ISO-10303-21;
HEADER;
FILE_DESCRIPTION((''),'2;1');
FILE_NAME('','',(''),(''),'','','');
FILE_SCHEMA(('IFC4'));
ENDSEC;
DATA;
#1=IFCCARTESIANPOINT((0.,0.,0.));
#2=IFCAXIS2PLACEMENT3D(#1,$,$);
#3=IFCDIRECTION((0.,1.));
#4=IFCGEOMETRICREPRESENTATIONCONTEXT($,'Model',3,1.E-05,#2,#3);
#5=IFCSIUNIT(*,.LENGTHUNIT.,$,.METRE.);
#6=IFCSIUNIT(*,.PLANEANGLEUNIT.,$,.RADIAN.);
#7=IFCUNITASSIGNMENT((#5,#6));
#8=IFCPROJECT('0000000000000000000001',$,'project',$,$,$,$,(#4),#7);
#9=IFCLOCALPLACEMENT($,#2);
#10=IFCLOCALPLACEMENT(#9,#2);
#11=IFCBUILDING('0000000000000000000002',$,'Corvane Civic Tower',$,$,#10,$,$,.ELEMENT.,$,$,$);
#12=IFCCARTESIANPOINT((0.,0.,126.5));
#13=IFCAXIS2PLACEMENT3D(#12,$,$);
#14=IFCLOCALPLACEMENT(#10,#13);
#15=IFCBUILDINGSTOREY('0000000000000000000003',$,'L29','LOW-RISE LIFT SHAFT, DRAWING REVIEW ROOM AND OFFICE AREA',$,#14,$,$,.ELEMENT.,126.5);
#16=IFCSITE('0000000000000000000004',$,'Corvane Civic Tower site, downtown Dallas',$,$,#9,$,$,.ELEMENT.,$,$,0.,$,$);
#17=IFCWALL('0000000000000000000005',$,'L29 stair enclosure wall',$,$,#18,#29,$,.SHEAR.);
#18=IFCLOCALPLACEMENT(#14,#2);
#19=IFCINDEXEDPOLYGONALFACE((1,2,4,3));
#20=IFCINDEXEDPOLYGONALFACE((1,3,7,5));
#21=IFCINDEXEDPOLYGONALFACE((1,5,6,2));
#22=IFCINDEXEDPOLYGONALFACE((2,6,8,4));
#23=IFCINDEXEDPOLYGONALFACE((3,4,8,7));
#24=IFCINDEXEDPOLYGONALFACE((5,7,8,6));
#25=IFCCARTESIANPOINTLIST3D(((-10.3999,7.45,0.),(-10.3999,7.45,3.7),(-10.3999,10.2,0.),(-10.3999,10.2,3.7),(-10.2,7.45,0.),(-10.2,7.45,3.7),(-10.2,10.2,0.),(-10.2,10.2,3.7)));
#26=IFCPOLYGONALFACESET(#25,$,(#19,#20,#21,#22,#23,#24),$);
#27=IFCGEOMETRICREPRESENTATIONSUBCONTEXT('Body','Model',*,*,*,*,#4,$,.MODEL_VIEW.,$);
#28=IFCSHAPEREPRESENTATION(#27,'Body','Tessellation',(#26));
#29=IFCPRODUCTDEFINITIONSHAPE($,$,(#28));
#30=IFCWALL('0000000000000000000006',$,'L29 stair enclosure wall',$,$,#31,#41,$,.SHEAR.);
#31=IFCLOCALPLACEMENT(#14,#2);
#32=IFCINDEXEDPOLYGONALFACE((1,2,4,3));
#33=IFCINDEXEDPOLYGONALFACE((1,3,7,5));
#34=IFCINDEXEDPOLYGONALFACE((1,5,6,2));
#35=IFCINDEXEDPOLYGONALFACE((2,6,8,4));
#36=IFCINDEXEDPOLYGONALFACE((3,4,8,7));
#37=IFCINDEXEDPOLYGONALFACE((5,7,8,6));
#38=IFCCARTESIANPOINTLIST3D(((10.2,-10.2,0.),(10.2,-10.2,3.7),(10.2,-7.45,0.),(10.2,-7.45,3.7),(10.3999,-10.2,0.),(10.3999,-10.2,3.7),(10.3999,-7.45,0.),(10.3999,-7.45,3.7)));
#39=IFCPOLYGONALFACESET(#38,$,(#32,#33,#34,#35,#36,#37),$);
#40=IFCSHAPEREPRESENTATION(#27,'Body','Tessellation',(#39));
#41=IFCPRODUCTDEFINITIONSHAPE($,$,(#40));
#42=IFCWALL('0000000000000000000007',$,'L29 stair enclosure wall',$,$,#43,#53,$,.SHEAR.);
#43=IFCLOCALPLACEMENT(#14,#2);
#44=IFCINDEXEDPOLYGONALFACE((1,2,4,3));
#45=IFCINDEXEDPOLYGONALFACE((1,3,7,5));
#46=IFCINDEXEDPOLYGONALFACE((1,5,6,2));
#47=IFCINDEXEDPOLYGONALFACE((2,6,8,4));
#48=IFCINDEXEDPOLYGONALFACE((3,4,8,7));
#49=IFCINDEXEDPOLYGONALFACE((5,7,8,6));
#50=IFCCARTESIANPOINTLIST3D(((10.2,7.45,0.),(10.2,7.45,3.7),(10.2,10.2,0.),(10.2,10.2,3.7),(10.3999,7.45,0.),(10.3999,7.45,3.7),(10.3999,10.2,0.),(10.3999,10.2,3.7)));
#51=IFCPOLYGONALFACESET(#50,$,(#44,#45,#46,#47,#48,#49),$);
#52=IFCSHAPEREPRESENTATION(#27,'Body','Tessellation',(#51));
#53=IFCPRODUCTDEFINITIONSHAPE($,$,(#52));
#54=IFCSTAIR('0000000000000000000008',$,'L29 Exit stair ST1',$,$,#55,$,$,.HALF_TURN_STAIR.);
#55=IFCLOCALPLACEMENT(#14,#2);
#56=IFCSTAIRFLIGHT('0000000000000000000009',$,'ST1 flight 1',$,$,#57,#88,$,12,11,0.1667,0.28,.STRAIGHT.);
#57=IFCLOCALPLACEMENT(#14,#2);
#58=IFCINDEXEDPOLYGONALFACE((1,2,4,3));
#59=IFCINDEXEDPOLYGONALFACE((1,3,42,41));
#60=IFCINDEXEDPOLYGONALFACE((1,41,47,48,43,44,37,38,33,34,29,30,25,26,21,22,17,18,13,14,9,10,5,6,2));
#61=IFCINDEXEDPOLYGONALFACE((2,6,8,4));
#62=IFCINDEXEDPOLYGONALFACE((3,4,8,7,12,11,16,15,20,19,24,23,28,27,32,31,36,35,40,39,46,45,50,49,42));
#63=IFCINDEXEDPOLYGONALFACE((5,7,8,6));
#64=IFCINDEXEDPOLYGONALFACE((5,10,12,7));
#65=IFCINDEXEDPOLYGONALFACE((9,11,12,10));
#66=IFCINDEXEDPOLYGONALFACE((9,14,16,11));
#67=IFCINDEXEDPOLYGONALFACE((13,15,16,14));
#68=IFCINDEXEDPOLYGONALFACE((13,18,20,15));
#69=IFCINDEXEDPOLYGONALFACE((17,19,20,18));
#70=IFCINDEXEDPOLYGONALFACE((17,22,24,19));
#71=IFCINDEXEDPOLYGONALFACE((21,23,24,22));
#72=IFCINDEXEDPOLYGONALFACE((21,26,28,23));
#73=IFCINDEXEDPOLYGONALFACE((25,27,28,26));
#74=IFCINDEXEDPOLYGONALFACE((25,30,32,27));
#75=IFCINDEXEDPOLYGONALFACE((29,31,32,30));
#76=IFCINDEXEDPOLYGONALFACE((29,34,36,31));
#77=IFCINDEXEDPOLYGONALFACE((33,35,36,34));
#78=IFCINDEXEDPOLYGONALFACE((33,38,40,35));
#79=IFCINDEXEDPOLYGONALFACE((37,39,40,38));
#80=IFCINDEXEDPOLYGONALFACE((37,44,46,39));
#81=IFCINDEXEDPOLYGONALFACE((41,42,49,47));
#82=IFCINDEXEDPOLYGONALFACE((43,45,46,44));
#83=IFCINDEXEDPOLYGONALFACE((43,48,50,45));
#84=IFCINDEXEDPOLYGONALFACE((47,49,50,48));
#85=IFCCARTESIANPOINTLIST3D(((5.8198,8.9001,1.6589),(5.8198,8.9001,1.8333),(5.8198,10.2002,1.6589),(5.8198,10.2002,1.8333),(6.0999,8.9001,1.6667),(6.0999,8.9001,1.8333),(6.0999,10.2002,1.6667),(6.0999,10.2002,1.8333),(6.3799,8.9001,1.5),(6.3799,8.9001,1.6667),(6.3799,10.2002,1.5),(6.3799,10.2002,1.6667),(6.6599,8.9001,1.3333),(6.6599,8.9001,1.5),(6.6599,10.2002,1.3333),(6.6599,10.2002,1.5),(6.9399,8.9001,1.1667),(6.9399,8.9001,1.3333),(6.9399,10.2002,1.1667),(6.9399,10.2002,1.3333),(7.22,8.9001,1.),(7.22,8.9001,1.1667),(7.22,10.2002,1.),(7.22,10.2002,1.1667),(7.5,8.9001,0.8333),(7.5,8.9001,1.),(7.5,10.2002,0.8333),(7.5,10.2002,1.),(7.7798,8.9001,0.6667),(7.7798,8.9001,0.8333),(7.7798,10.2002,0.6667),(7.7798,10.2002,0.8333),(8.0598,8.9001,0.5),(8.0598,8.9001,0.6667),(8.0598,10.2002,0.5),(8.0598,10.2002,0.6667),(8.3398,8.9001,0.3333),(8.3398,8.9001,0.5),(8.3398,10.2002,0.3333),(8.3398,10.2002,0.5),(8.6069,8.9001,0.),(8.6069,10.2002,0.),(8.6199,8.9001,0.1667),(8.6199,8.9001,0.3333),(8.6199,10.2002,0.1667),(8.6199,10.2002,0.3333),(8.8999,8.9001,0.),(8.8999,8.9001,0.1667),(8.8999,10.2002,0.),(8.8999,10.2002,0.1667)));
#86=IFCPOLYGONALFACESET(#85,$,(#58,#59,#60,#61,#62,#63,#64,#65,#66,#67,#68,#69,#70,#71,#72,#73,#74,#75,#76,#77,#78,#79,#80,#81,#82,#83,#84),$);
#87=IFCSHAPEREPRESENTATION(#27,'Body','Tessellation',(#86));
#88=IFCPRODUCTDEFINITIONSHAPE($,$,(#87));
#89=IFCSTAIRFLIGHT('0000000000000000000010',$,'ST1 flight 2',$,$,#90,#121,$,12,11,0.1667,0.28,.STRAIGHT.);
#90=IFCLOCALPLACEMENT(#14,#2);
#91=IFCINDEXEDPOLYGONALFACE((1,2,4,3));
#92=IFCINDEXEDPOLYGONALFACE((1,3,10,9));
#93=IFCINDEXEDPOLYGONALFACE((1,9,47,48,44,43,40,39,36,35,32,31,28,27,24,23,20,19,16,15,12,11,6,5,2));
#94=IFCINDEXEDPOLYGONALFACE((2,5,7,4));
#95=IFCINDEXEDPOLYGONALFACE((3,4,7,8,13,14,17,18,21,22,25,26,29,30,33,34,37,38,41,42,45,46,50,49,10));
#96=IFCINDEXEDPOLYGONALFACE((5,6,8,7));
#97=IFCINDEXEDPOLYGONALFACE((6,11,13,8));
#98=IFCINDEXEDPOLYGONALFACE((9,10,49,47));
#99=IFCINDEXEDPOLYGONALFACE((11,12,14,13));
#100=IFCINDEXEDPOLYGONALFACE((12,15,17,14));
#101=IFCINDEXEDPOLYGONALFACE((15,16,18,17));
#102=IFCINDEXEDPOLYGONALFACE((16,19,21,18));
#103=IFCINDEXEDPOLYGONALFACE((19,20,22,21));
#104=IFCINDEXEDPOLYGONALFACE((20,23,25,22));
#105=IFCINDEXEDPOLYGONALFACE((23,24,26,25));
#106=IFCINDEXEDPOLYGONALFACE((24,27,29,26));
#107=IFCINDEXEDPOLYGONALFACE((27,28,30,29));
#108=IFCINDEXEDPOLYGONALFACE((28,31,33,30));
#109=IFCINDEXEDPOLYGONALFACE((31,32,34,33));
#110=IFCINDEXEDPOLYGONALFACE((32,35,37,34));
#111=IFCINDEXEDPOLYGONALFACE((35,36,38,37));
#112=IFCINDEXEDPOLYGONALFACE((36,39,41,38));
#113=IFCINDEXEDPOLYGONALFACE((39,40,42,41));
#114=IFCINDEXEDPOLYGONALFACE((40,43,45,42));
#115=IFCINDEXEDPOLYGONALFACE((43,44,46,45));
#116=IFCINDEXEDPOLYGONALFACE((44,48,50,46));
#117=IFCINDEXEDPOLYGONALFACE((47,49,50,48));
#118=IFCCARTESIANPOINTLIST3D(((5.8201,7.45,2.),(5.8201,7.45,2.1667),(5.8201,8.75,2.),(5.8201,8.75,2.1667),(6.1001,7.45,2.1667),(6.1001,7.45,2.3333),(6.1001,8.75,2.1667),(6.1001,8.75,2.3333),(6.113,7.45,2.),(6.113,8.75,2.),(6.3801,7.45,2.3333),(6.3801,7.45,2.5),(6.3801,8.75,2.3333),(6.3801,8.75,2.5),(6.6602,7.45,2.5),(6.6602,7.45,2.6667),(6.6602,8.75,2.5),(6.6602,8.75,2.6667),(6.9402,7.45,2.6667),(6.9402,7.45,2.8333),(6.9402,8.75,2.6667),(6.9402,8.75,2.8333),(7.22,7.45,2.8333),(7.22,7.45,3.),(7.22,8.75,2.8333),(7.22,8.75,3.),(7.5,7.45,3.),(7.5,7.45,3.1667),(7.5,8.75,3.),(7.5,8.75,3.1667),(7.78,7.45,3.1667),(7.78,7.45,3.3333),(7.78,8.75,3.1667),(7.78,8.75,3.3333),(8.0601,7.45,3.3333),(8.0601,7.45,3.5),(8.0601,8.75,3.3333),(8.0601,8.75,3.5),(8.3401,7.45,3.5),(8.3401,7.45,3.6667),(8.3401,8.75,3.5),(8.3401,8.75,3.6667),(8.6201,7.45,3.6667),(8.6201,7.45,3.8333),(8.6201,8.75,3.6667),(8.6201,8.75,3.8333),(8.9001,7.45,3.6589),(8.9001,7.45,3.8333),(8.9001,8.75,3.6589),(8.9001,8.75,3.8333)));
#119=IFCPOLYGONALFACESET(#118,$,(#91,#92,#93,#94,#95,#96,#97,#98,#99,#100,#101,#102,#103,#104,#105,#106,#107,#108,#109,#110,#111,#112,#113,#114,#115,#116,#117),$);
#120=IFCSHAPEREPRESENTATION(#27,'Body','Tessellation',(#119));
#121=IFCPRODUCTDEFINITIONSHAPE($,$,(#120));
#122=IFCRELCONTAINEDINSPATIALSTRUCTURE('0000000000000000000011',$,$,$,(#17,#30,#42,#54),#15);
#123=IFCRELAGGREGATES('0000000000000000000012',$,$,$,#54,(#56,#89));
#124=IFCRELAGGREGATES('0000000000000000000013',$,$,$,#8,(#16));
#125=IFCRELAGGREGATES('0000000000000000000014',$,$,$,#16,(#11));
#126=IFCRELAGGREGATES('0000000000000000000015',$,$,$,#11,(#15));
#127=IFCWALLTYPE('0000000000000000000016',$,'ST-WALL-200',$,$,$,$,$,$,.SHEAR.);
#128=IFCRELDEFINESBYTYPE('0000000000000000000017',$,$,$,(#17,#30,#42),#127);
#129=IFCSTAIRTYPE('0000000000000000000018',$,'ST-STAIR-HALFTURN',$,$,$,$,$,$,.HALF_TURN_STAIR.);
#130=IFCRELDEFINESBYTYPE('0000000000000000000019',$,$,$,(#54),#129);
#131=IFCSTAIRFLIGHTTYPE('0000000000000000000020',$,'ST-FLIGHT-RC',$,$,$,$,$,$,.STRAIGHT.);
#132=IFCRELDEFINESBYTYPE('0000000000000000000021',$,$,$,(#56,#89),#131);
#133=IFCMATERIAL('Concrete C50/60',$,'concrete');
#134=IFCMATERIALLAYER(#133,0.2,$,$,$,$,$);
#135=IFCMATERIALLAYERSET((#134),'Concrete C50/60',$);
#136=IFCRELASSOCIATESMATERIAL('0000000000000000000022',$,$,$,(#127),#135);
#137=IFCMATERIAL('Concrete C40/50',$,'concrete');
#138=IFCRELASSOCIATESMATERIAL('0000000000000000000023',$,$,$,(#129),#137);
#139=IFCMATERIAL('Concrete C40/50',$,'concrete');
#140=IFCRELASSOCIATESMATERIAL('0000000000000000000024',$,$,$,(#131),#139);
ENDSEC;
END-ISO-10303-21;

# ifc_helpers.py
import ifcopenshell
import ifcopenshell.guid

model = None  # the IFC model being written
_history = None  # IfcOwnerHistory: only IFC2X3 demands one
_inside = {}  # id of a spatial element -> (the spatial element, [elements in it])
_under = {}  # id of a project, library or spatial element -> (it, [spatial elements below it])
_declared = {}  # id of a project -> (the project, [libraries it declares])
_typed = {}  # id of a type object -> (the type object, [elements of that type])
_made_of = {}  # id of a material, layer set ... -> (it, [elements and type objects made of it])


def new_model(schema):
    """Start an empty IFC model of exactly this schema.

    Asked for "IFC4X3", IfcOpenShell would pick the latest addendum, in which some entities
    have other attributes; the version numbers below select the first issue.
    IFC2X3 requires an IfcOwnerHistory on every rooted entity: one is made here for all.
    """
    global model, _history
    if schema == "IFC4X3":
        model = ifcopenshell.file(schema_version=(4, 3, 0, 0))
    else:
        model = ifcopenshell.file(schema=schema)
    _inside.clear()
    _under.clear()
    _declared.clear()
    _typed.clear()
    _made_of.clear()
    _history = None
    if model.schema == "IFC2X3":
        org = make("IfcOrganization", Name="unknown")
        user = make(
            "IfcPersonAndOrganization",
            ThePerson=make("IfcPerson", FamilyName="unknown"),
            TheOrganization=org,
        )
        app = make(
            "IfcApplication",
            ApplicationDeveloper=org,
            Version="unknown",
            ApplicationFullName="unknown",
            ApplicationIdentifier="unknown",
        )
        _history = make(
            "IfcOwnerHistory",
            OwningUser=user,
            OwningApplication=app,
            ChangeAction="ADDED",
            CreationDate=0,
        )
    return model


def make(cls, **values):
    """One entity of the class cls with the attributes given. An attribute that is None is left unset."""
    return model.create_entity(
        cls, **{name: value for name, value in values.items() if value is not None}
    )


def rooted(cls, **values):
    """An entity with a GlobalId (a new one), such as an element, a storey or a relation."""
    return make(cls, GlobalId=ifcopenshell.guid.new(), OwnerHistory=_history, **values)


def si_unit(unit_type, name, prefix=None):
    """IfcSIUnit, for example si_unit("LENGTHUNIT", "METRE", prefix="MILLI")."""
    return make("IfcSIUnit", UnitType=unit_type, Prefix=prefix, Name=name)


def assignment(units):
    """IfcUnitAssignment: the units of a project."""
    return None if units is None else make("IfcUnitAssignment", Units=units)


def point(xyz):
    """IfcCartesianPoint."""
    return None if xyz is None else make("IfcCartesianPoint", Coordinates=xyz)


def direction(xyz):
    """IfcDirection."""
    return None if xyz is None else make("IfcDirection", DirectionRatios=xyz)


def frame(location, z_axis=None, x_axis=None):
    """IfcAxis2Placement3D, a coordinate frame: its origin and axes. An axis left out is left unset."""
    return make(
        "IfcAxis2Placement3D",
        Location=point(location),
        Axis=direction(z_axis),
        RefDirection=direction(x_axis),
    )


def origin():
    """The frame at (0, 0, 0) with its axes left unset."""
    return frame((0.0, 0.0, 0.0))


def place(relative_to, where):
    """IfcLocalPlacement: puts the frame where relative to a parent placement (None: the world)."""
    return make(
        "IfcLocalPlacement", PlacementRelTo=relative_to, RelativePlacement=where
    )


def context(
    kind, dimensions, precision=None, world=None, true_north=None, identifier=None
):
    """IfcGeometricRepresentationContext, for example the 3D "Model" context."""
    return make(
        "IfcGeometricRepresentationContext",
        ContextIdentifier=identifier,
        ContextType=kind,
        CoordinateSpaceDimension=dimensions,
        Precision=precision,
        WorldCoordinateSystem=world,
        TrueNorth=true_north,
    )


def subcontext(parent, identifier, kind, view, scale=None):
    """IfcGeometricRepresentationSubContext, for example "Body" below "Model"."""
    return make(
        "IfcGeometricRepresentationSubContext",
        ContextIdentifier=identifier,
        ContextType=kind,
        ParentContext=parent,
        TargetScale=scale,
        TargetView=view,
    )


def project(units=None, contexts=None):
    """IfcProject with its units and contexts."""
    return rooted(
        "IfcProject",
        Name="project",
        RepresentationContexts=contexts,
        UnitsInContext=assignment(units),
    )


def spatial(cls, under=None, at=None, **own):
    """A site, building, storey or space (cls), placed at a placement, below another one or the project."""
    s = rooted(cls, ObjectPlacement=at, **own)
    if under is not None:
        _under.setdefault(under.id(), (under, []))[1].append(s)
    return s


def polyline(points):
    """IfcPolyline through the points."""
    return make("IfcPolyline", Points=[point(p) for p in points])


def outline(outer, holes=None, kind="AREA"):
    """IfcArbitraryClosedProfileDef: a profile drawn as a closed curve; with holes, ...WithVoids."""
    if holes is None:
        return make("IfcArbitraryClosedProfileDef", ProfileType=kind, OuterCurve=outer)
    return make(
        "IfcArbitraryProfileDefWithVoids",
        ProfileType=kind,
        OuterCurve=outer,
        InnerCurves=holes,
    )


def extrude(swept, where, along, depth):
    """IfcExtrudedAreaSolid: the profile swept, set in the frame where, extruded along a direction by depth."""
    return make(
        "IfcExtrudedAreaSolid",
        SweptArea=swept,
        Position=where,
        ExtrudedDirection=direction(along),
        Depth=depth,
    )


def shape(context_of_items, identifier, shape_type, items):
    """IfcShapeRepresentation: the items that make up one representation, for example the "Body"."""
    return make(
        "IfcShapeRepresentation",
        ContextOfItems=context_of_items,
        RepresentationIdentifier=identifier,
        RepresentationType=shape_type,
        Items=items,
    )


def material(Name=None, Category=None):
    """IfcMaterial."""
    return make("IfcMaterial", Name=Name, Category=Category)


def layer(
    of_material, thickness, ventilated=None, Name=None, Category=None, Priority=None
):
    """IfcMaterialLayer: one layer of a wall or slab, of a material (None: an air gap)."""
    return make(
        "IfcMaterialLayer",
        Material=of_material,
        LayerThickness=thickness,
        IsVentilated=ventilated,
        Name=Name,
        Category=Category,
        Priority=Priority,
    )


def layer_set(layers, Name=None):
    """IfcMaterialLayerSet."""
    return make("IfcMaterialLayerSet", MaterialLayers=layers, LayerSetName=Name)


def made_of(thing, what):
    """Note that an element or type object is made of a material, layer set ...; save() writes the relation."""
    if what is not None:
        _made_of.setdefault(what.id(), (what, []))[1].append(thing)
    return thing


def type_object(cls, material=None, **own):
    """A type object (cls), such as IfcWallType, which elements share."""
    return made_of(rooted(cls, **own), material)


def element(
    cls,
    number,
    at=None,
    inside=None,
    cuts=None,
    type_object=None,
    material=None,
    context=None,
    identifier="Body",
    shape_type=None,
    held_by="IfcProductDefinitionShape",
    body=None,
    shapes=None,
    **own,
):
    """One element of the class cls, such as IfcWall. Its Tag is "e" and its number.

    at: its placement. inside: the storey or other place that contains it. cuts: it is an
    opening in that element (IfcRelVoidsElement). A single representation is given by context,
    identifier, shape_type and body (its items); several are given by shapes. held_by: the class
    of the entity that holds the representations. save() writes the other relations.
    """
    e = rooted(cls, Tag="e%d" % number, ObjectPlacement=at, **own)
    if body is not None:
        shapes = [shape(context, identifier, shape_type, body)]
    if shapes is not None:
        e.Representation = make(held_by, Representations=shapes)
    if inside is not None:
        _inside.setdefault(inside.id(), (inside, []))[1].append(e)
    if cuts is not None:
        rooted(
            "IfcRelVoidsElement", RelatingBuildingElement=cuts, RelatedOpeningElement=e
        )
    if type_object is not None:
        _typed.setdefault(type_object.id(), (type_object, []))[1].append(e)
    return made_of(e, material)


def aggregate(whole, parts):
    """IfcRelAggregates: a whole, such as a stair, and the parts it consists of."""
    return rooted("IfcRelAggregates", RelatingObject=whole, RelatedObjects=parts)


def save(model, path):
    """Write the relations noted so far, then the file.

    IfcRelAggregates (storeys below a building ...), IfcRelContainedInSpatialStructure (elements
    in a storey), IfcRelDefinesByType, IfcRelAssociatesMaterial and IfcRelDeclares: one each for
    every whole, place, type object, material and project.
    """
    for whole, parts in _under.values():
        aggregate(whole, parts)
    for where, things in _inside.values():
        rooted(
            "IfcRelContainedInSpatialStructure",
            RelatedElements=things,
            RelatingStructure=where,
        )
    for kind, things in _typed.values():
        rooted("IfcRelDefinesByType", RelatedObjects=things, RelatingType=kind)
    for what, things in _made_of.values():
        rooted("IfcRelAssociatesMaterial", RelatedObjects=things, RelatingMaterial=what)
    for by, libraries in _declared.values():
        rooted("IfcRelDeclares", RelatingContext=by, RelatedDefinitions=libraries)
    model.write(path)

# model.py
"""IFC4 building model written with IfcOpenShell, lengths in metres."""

from ifc_helpers import new_model, si_unit, direction, frame, origin, place, context, subcontext, project, spatial, polyline, outline, extrude, material, layer, layer_set, type_object, element, aggregate, save


model = new_model("IFC4")

# Units and contexts
model_context = context("Model", 3, precision=1e-05, world=origin(), true_north=direction((0.0, 1.0)))
body_context = subcontext(model_context, "Body", "Model", "MODEL_VIEW")
ifc_project = project(units=[si_unit("LENGTHUNIT", "METRE"), si_unit("PLANEANGLEUNIT", "RADIAN")], contexts=[model_context])

# Site, building, storey
site_placement = place(None, origin())
site = spatial("IfcSite", under=ifc_project, at=site_placement, Name="Corvane Civic Tower site, downtown Dallas", CompositionType="ELEMENT", RefElevation=0.0)
building_placement = place(site_placement, origin())
building = spatial("IfcBuilding", under=site, at=building_placement, Name="Corvane Civic Tower", CompositionType="ELEMENT")
storey_placement = place(building_placement, frame((0.0, 0.0, 126.5)))
storey = spatial("IfcBuildingStorey", under=building, at=storey_placement, Name="L29", Description="LOW-RISE LIFT SHAFT, DRAWING REVIEW ROOM AND OFFICE AREA", CompositionType="ELEMENT", Elevation=126.5)

# Shared definitions
ifc_material_1 = material(Name="Concrete C50/60", Category="concrete")
ifc_layer_1 = layer(ifc_material_1, 0.2)
ifc_layer_set_1 = layer_set([ifc_layer_1], Name="Concrete C50/60")
wall_type_1 = type_object("IfcWallType", Name="ST-WALL-200", PredefinedType="SHEAR", material=ifc_layer_set_1)

# Walls
wall_1_placement = place(storey_placement, origin())
element("IfcWall", 1, at=wall_1_placement, inside=storey, type_object=wall_type_1, Name="L29 stair enclosure wall", PredefinedType="SHEAR", context=body_context, shape_type="SweptSolid", body=[
    extrude(outline(polyline([(-10.2, 7.45), (-10.3999, 7.45), (-10.3999, 10.2), (-10.2, 10.2), (-10.2, 7.45)])), origin(), (0.0, 0.0, 1.0), 3.7),
])
wall_2_placement = place(storey_placement, origin())
element("IfcWall", 2, at=wall_2_placement, inside=storey, type_object=wall_type_1, Name="L29 stair enclosure wall", PredefinedType="SHEAR", context=body_context, shape_type="SweptSolid", body=[
    extrude(outline(polyline([(10.3999, -7.45), (10.3999, -10.2), (10.2, -10.2), (10.2, -7.45), (10.3999, -7.45)])), origin(), (0.0, 0.0, 1.0), 3.7),
])
wall_3_placement = place(storey_placement, origin())
element("IfcWall", 3, at=wall_3_placement, inside=storey, type_object=wall_type_1, Name="L29 stair enclosure wall", PredefinedType="SHEAR", context=body_context, shape_type="SweptSolid", body=[
    extrude(outline(polyline([(10.3999, 7.45), (10.2, 7.45), (10.2, 10.2), (10.3999, 10.2), (10.3999, 7.45)])), origin(), (0.0, 0.0, 1.0), 3.7),
])

# Stair, stair flights
ifc_material_2 = material(Name="Concrete C40/50", Category="concrete")
stair_type = type_object("IfcStairType", Name="ST-STAIR-HALFTURN", PredefinedType="HALF_TURN_STAIR", material=ifc_material_2)
stair_placement = place(storey_placement, origin())
stair = element("IfcStair", 4, at=stair_placement, inside=storey, type_object=stair_type, Name="L29 Exit stair ST1", PredefinedType="HALF_TURN_STAIR")
ifc_material_3 = material(Name="Concrete C40/50", Category="concrete")
stair_flight_type = type_object("IfcStairFlightType", Name="ST-FLIGHT-RC", PredefinedType="STRAIGHT", material=ifc_material_3)
stair_flight_1_placement = place(storey_placement, frame((8.8999, 9.55, 0.0), z_axis=(0.0, 0.0, 1.0), x_axis=(-1.0, 0.0, 0.0)))
stair_flight_1 = element("IfcStairFlight", 5, at=stair_flight_1_placement, type_object=stair_flight_type, Name="ST1 flight 1", NumberOfRisers=12, NumberOfTreads=11, PredefinedType="STRAIGHT", RiserHeight=0.1667, TreadLength=0.28, context=body_context, shape_type="SweptSolid", body=[
    extrude(outline(polyline([(0.0, 0.0), (0.0, 0.1667), (0.28, 0.1667), (0.28, 0.3333), (0.5601, 0.3333), (0.5601, 0.5), (0.8401, 0.5), (0.8401, 0.6667), (1.1201, 0.6667), (1.1201, 0.8333), (1.3999, 0.8333), (1.3999, 1.0), (1.6799, 1.0), (1.6799, 1.1667), (1.96, 1.1667), (1.96, 1.3333), (2.24, 1.3333), (2.24, 1.5), (2.52, 1.5), (2.52, 1.6667), (2.8, 1.6667), (2.8, 1.8333), (3.0801, 1.8333), (3.0801, 2.0), (3.0801, 1.6589), (0.293, 0.0), (0.0, 0.0)])), frame((0.0, 0.6499, 0.0), z_axis=(0.0, -1.0, 0.0), x_axis=(1.0, 0.0, 0.0)), (0.0, 0.0, 1.0), 1.3),
])
stair_flight_2_placement = place(storey_placement, frame((5.8201, 8.1001, 2.0), z_axis=(0.0, 0.0, 1.0), x_axis=(1.0, 0.0, 0.0)))
stair_flight_2 = element("IfcStairFlight", 6, at=stair_flight_2_placement, type_object=stair_flight_type, Name="ST1 flight 2", NumberOfRisers=12, NumberOfTreads=11, PredefinedType="STRAIGHT", RiserHeight=0.1667, TreadLength=0.28, context=body_context, shape_type="SweptSolid", body=[
    extrude(outline(polyline([(0.0, 0.0), (0.0, 0.1667), (0.28, 0.1667), (0.28, 0.3333), (0.5601, 0.3333), (0.5601, 0.5), (0.8401, 0.5), (0.8401, 0.6667), (1.1201, 0.6667), (1.1201, 0.8333), (1.3999, 0.8333), (1.3999, 1.0), (1.6799, 1.0), (1.6799, 1.1667), (1.96, 1.1667), (1.96, 1.3333), (2.24, 1.3333), (2.24, 1.5), (2.52, 1.5), (2.52, 1.6667), (2.8, 1.6667), (2.8, 1.8333), (3.0801, 1.8333), (3.0801, 2.0), (3.0801, 1.6589), (0.293, 0.0), (0.0, 0.0)])), frame((0.0, 0.6499, 0.0), z_axis=(0.0, -1.0, 0.0), x_axis=(1.0, 0.0, 0.0)), (0.0, 0.0, 1.0), 1.3),
])
aggregate(stair, [stair_flight_1, stair_flight_2])

save(model, "model.ifc")
